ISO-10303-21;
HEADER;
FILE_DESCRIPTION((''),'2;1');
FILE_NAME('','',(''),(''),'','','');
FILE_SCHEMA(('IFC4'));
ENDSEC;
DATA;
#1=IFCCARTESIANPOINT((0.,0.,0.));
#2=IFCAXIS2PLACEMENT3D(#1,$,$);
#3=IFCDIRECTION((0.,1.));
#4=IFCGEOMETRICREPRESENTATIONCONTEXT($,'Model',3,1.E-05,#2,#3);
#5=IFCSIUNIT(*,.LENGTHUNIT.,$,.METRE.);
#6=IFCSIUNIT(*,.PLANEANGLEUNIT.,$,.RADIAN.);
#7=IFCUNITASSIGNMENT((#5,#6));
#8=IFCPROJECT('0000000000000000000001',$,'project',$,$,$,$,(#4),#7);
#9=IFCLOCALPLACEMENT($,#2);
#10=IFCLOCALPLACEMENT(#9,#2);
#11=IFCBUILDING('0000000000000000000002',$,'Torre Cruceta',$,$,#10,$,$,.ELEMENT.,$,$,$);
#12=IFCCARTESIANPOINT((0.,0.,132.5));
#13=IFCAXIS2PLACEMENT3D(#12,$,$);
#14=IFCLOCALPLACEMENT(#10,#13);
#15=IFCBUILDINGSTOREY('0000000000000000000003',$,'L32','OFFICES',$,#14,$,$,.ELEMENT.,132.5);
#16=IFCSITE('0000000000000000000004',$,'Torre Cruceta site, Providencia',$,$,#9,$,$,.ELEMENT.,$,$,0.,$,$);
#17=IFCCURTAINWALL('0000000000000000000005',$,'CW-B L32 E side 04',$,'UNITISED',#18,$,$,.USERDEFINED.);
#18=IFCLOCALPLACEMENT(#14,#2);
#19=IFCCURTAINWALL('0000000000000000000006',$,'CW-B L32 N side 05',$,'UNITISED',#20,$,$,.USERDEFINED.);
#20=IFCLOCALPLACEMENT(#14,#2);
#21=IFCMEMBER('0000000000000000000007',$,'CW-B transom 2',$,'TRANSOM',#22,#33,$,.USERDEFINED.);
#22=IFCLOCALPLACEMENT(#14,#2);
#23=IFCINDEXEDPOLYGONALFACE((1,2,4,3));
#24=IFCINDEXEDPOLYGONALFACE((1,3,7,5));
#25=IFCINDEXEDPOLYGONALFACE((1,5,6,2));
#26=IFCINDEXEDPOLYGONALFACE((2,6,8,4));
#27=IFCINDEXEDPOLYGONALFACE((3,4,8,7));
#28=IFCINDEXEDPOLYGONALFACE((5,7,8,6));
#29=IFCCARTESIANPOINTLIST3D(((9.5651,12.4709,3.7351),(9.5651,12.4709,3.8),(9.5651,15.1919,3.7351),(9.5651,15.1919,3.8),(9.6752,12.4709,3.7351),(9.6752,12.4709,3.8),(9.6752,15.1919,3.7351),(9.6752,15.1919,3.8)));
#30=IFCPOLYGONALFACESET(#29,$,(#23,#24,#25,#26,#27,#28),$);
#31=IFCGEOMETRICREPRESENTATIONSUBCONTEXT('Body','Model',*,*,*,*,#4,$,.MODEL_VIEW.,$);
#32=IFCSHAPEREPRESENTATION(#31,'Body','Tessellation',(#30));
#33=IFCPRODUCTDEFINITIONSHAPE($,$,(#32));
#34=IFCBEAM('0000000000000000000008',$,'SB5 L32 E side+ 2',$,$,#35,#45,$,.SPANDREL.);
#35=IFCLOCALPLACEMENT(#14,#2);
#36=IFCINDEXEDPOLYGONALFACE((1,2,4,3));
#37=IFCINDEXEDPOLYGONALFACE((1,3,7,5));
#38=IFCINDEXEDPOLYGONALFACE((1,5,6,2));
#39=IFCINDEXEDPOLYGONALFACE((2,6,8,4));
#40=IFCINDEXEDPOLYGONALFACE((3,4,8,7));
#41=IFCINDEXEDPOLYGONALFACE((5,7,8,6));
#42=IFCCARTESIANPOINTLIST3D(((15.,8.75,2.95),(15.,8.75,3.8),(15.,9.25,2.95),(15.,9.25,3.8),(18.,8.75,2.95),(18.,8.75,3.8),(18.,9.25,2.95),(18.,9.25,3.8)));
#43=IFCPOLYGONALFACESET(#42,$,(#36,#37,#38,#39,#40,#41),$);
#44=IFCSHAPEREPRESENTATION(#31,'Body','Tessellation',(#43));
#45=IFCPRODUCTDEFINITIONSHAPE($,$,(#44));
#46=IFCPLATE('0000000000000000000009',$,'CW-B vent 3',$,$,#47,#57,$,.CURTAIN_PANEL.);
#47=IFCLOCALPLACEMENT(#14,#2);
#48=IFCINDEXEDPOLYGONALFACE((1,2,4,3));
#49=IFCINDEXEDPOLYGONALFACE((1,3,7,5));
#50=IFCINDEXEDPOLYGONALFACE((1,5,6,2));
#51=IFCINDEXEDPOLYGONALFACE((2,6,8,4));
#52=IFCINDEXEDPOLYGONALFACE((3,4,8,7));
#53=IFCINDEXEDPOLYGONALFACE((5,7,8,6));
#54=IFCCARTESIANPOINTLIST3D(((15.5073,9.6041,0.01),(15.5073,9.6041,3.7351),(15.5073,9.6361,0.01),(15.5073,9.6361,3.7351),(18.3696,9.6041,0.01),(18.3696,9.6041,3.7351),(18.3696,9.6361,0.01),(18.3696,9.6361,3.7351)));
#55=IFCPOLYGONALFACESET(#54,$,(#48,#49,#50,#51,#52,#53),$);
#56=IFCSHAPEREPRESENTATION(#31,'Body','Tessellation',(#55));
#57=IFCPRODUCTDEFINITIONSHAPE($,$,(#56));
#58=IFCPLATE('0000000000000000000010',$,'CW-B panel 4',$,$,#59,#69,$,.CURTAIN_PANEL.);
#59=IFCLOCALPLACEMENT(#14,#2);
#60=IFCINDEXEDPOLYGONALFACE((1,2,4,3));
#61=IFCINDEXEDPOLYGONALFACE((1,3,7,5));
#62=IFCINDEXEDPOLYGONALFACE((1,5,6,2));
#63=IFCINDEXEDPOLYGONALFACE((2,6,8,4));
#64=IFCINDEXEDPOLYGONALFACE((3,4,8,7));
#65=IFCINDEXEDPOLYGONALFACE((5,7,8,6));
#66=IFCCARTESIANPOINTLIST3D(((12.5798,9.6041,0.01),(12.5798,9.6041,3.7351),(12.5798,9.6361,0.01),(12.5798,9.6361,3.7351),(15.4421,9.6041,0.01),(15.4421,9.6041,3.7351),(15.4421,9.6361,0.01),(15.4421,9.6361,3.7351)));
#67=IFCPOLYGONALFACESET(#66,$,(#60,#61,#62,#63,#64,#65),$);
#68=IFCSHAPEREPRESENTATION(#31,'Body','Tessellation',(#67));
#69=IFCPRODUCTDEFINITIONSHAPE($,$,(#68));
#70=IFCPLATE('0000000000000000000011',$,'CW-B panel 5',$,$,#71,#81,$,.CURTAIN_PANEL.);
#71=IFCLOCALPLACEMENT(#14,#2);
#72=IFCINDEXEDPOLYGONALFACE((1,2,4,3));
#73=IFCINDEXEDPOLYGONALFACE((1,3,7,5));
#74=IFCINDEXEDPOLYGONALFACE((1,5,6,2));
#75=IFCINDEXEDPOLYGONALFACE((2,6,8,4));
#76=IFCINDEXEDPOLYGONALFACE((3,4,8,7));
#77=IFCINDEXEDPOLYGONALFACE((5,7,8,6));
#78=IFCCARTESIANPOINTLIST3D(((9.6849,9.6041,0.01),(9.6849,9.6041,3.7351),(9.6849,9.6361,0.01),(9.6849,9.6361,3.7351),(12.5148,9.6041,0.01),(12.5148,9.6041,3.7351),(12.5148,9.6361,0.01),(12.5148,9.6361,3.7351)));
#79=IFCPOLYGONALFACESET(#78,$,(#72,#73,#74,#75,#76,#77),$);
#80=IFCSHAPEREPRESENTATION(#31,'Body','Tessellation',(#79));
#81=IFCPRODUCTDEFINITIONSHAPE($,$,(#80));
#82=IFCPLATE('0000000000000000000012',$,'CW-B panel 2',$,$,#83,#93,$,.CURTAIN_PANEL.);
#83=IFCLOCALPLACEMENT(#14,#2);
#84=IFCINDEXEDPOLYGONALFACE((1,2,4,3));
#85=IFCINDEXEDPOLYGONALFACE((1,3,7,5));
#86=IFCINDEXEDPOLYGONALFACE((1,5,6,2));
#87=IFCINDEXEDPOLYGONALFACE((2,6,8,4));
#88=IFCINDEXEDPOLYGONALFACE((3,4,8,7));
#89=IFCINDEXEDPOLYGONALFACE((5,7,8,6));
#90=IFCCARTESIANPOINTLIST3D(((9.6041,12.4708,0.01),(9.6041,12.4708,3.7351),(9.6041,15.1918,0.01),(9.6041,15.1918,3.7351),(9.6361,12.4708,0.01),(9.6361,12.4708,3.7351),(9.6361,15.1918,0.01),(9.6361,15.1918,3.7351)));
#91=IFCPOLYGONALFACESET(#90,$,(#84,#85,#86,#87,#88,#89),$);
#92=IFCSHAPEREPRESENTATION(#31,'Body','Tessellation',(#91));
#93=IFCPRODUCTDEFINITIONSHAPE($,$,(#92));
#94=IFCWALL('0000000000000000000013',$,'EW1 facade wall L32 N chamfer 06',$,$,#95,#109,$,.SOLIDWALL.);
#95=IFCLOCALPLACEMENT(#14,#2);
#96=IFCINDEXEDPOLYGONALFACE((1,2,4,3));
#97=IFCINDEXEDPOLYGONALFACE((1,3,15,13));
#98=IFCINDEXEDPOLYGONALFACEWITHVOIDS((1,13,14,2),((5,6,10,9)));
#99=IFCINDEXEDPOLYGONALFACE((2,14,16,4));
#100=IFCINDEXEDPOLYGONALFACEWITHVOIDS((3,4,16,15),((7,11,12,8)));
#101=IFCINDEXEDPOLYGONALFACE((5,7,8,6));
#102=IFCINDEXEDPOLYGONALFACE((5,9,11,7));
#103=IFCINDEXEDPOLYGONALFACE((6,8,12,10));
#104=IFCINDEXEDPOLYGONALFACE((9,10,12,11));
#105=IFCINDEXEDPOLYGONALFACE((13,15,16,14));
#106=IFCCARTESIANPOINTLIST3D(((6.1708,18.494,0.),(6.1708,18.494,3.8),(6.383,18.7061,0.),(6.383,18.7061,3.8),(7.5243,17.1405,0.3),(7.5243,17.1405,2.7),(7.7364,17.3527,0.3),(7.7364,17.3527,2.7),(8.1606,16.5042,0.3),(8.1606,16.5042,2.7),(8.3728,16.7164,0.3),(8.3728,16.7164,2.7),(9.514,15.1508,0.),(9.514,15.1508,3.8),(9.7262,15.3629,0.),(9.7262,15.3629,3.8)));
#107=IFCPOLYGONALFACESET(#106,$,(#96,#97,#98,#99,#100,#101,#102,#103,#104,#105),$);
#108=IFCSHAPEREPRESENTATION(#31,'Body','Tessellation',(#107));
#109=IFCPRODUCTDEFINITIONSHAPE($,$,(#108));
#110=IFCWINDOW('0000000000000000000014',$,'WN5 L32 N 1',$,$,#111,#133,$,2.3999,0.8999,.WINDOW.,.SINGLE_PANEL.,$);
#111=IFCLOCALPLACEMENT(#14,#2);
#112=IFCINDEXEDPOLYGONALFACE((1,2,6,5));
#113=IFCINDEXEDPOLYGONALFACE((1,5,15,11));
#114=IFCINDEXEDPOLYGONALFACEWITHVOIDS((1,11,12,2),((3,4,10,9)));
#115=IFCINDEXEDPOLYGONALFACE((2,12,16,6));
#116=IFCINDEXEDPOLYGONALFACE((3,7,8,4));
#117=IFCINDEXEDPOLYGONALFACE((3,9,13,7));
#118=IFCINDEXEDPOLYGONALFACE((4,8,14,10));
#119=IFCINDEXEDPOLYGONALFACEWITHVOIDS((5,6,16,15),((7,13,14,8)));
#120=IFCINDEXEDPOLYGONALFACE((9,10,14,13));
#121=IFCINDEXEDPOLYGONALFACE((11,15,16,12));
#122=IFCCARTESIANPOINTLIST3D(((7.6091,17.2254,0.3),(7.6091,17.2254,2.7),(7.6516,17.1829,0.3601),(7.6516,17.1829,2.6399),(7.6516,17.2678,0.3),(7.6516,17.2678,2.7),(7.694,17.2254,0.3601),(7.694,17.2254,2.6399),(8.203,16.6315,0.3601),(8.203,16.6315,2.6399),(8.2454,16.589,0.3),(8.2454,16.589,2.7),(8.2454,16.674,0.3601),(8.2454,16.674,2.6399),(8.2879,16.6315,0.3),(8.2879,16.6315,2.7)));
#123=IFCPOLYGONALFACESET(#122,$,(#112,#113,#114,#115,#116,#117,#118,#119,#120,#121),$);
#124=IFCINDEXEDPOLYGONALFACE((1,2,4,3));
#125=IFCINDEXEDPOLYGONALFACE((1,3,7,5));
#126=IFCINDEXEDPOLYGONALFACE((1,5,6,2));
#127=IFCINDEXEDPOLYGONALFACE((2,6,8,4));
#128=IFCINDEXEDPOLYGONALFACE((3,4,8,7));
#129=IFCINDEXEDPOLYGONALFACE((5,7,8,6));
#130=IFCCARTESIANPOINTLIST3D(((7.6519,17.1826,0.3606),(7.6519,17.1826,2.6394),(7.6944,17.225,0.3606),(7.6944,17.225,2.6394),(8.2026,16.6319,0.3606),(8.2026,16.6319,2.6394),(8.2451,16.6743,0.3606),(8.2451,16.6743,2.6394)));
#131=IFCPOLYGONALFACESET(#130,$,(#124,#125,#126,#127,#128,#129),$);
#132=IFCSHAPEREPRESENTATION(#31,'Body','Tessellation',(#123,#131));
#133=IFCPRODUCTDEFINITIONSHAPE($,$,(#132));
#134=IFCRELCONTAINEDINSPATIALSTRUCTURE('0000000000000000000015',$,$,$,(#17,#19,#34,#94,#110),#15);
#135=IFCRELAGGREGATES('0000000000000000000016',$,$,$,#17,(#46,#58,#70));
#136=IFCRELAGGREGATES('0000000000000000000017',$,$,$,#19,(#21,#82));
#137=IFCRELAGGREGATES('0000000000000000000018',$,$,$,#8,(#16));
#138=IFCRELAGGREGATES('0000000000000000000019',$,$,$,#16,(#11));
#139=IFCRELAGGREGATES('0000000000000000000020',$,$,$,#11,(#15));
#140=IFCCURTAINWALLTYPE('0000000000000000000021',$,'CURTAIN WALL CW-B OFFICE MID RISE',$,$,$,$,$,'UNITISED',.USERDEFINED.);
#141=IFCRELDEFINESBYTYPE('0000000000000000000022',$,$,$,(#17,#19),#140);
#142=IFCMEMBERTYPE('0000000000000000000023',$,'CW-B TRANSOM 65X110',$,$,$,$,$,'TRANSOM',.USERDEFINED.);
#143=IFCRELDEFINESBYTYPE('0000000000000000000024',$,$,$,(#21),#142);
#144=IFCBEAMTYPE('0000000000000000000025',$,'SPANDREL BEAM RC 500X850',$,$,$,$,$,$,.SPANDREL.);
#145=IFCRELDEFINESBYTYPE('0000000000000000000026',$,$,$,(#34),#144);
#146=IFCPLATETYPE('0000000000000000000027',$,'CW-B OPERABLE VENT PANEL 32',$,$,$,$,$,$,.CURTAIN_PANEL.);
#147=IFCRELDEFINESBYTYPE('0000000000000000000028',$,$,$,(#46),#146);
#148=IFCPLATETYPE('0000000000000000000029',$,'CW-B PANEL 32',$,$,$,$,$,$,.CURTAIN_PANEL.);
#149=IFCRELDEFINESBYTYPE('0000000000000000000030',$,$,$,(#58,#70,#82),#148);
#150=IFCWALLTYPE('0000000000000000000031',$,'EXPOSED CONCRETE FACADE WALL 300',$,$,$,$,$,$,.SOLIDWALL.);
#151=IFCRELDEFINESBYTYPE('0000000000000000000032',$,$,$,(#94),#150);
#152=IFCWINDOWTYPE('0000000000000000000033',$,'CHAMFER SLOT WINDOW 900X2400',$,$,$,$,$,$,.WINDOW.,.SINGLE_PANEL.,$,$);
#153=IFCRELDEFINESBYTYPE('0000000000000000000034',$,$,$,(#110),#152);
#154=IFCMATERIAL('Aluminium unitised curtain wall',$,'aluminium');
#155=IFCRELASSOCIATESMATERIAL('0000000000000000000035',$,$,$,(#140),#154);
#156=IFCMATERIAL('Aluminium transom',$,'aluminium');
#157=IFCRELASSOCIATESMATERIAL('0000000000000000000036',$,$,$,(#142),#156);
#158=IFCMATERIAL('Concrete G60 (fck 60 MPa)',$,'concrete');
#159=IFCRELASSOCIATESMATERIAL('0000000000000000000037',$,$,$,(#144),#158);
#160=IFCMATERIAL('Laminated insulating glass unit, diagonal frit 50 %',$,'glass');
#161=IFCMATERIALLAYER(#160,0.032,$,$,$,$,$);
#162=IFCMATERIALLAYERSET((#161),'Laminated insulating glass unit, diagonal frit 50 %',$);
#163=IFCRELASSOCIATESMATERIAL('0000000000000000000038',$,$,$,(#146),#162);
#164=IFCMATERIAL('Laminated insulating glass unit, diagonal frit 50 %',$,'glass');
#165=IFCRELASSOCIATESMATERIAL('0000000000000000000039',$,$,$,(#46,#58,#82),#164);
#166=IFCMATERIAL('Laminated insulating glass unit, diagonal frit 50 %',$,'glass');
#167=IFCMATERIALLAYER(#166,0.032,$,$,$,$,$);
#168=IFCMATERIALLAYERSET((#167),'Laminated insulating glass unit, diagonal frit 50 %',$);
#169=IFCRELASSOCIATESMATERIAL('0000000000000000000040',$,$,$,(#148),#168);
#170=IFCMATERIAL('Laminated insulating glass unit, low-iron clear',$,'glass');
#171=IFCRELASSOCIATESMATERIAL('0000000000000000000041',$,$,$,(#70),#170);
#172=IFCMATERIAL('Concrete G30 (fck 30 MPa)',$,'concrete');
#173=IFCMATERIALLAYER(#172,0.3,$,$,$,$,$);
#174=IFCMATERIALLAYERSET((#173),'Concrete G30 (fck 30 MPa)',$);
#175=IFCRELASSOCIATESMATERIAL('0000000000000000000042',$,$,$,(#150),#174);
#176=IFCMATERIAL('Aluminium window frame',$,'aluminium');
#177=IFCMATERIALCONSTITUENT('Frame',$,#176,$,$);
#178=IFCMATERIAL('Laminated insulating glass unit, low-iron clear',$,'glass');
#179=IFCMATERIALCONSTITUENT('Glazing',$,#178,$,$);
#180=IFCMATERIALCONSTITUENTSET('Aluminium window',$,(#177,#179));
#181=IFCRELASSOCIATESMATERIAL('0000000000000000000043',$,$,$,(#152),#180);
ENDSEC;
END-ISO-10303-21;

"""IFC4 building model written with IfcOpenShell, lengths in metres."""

from ifc_helpers import new_model, si_unit, direction, frame, frame_2d, origin, origin_2d, place, context, subcontext, project, spatial, rectangle, hollow_rectangle, extrude, material, layer, layer_set, constituent, constituent_set, material_profile, profile_set, type_object, element, fill, aggregate, save


model = new_model("IFC4")

# Units and contexts
model_context = context("Model", 3, precision=1e-05, world=origin(), true_north=direction((0.0, 1.0)))
body_context = subcontext(model_context, "Body", "Model", "MODEL_VIEW")
ifc_project = project(units=[si_unit("LENGTHUNIT", "METRE"), si_unit("PLANEANGLEUNIT", "RADIAN")], contexts=[model_context])

# Site, building, storey
site_placement = place(None, origin())
site = spatial("IfcSite", under=ifc_project, at=site_placement, Name="Torre Cruceta site, Providencia", CompositionType="ELEMENT", RefElevation=0.0)
building_placement = place(site_placement, origin())
building = spatial("IfcBuilding", under=site, at=building_placement, Name="Torre Cruceta", CompositionType="ELEMENT")
storey_placement = place(building_placement, frame((0.0, 0.0, 132.5)))
storey = spatial("IfcBuildingStorey", under=building, at=storey_placement, Name="L32", Description="OFFICES", CompositionType="ELEMENT", Elevation=132.5)

# Curtain walls
ifc_material_1 = material(Name="Aluminium unitised curtain wall", Category="aluminium")
curtain_wall_type = type_object("IfcCurtainWallType", Name="CURTAIN WALL CW-B OFFICE MID RISE", ElementType="UNITISED", PredefinedType="USERDEFINED", material=ifc_material_1)
curtain_wall_1_placement = place(storey_placement, origin())
curtain_wall_1 = element("IfcCurtainWall", 1, at=curtain_wall_1_placement, inside=storey, type_object=curtain_wall_type, Name="CW-B L32 E side 04", ObjectType="UNITISED", PredefinedType="USERDEFINED")
curtain_wall_2_placement = place(storey_placement, origin())
curtain_wall_2 = element("IfcCurtainWall", 2, at=curtain_wall_2_placement, inside=storey, type_object=curtain_wall_type, Name="CW-B L32 N side 05", ObjectType="UNITISED", PredefinedType="USERDEFINED")

# Member
ifc_material_2 = material(Name="Aluminium transom", Category="aluminium")
ifc_material_profile_1 = material_profile(ifc_material_2, rectangle(XDim=0.1101, YDim=0.0649, at=origin_2d()), Name="AL 110X65")
ifc_profile_set_1 = profile_set([ifc_material_profile_1], Name="Aluminium transom")
member_type_1 = type_object("IfcMemberType", Name="CW-B TRANSOM 65X110", ElementType="TRANSOM", PredefinedType="USERDEFINED", material=ifc_profile_set_1)
member_1_placement = place(storey_placement, frame((9.6201, 12.4709, 3.7676), z_axis=(0.0, 1.0, 0.0), x_axis=(-1.0, 0.0, 0.0)))
member_1 = element("IfcMember", 3, at=member_1_placement, type_object=member_type_1, Name="CW-B transom 2", ObjectType="TRANSOM", PredefinedType="USERDEFINED", context=body_context, shape_type="SweptSolid", body=[
    extrude(rectangle(XDim=0.1101, YDim=0.0649, at=origin_2d()), origin(), (0.0, 0.0, 1.0), 2.7209),
])

# Beam
ifc_material_3 = material(Name="Concrete G60 (fck 60 MPa)", Category="concrete")
ifc_material_profile_2 = material_profile(ifc_material_3, rectangle(XDim=0.5, YDim=0.8501, at=origin_2d()), Name="RC 500X850")
ifc_profile_set_2 = profile_set([ifc_material_profile_2], Name="Concrete G60 (fck 60 MPa)")
beam_type_1 = type_object("IfcBeamType", Name="SPANDREL BEAM RC 500X850", PredefinedType="SPANDREL", material=ifc_profile_set_2)
beam_1_placement = place(storey_placement, frame((15.0, 9.0, 3.375), z_axis=(1.0, 0.0, 0.0), x_axis=(0.0, 1.0, 0.0)))
element("IfcBeam", 4, at=beam_1_placement, inside=storey, type_object=beam_type_1, Name="SB5 L32 E side+ 2", PredefinedType="SPANDREL", context=body_context, shape_type="SweptSolid", body=[
    extrude(rectangle(XDim=0.5, YDim=0.8501, at=origin_2d()), origin(), (0.0, 0.0, 1.0), 3.0),
])

# Plates
ifc_material_4 = material(Name="Laminated insulating glass unit, diagonal frit 50 %", Category="glass")
ifc_material_5 = material(Name="Laminated insulating glass unit, diagonal frit 50 %", Category="glass")
ifc_layer_1 = layer(ifc_material_5, 0.032)
ifc_layer_set_1 = layer_set([ifc_layer_1], Name="Laminated insulating glass unit, diagonal frit 50 %")
plate_type_1 = type_object("IfcPlateType", Name="CW-B OPERABLE VENT PANEL 32", PredefinedType="CURTAIN_PANEL", material=ifc_layer_set_1)
plate_1_placement = place(storey_placement, frame((16.9385, 9.6201, 0.01), z_axis=(0.0, 0.0, 1.0), x_axis=(-1.0, 0.0, 0.0)))
plate_1 = element("IfcPlate", 5, at=plate_1_placement, type_object=plate_type_1, material=ifc_material_4, Name="CW-B vent 3", PredefinedType="CURTAIN_PANEL", context=body_context, shape_type="SweptSolid", body=[
    extrude(rectangle(XDim=2.8623, YDim=0.032, at=origin_2d()), origin(), (0.0, 0.0, 1.0), 3.7251),
])
ifc_material_6 = material(Name="Laminated insulating glass unit, diagonal frit 50 %", Category="glass")
ifc_layer_2 = layer(ifc_material_6, 0.032)
ifc_layer_set_2 = layer_set([ifc_layer_2], Name="Laminated insulating glass unit, diagonal frit 50 %")
plate_type_2 = type_object("IfcPlateType", Name="CW-B PANEL 32", PredefinedType="CURTAIN_PANEL", material=ifc_layer_set_2)
plate_2_placement = place(storey_placement, frame((14.011, 9.6201, 0.01), z_axis=(0.0, 0.0, 1.0), x_axis=(-1.0, 0.0, 0.0)))
plate_2 = element("IfcPlate", 6, at=plate_2_placement, type_object=plate_type_2, material=ifc_material_4, Name="CW-B panel 4", PredefinedType="CURTAIN_PANEL", context=body_context, shape_type="SweptSolid", body=[
    extrude(rectangle(XDim=2.8623, YDim=0.032, at=origin_2d()), origin(), (0.0, 0.0, 1.0), 3.7251),
])
ifc_material_7 = material(Name="Laminated insulating glass unit, low-iron clear", Category="glass")
plate_3_placement = place(storey_placement, frame((11.0999, 9.6201, 0.01), z_axis=(0.0, 0.0, 1.0), x_axis=(-1.0, 0.0, 0.0)))
plate_3 = element("IfcPlate", 7, at=plate_3_placement, type_object=plate_type_2, material=ifc_material_7, Name="CW-B panel 5", PredefinedType="CURTAIN_PANEL", context=body_context, shape_type="SweptSolid", body=[
    extrude(rectangle(XDim=2.8298, YDim=0.032, at=origin_2d()), origin(), (0.0, 0.0, 1.0), 3.7251),
])
aggregate(curtain_wall_1, [plate_1, plate_2, plate_3])
plate_4_placement = place(storey_placement, frame((9.6201, 13.8313, 0.01), z_axis=(0.0, 0.0, 1.0), x_axis=(0.0, 1.0, 0.0)))
plate_4 = element("IfcPlate", 8, at=plate_4_placement, type_object=plate_type_2, material=ifc_material_4, Name="CW-B panel 2", PredefinedType="CURTAIN_PANEL", context=body_context, shape_type="SweptSolid", body=[
    extrude(rectangle(XDim=2.7209, YDim=0.032, at=origin_2d()), origin(), (0.0, 0.0, 1.0), 3.7251),
])
aggregate(curtain_wall_2, [member_1, plate_4])

# Wall, opening, window
ifc_material_8 = material(Name="Concrete G30 (fck 30 MPa)", Category="concrete")
ifc_layer_3 = layer(ifc_material_8, 0.3)
ifc_layer_set_3 = layer_set([ifc_layer_3], Name="Concrete G30 (fck 30 MPa)")
wall_type_1 = type_object("IfcWallType", Name="EXPOSED CONCRETE FACADE WALL 300", PredefinedType="SOLIDWALL", material=ifc_layer_set_3)
wall_1_placement = place(storey_placement, frame((9.6201, 15.2568, 0.0), z_axis=(0.0, 0.0, 1.0), x_axis=(-0.707107, 0.707107, 0.0)))
wall_1 = element("IfcWall", 9, at=wall_1_placement, inside=storey, type_object=wall_type_1, Name="EW1 facade wall L32 N chamfer 06", PredefinedType="SOLIDWALL", context=body_context, shape_type="SweptSolid", body=[
    extrude(rectangle(XDim=4.728, YDim=0.3, at=frame_2d((2.364, 0.0))), origin(), (0.0, 0.0, 1.0), 3.8),
])
opening_1_placement = place(wall_1_placement, frame((1.9141, 0.0, 0.3)))
opening_1 = element("IfcOpeningElement", 10, at=opening_1_placement, cuts=wall_1, PredefinedType="OPENING", context=body_context, shape_type="SweptSolid", body=[
    extrude(rectangle(XDim=0.8999, YDim=2.3999, at=frame_2d((0.45, 1.2))), frame((0.0, 0.1599, 0.0), z_axis=(0.0, -1.0, 0.0), x_axis=(1.0, 0.0, 0.0)), (0.0, 0.0, 1.0), 0.3201),
])
ifc_material_9 = material(Name="Aluminium window frame", Category="aluminium")
ifc_constituent_1 = constituent(ifc_material_9, Name="Frame")
ifc_material_10 = material(Name="Laminated insulating glass unit, low-iron clear", Category="glass")
ifc_constituent_2 = constituent(ifc_material_10, Name="Glazing")
ifc_constituent_set_1 = constituent_set(constituents=[ifc_constituent_1, ifc_constituent_2], Name="Aluminium window")
window_type = type_object("IfcWindowType", Name="CHAMFER SLOT WINDOW 900X2400", PartitioningType="SINGLE_PANEL", PredefinedType="WINDOW", material=ifc_constituent_set_1)
window_placement = place(opening_1_placement, origin())
window = element("IfcWindow", 11, at=window_placement, inside=storey, type_object=window_type, Name="WN5 L32 N 1", OverallHeight=2.3999, OverallWidth=0.8999, PartitioningType="SINGLE_PANEL", PredefinedType="WINDOW", context=body_context, shape_type="SweptSolid", body=[
    extrude(hollow_rectangle(XDim=0.8999, YDim=2.3999, WallThickness=0.0601, at=frame_2d((0.45, 1.2))), frame((0.0, 0.03, 0.0), z_axis=(0.0, -1.0, 0.0), x_axis=(1.0, 0.0, 0.0)), (0.0, 0.0, 1.0), 0.0601),
    extrude(rectangle(XDim=0.7788, YDim=2.2788, at=frame_2d((0.45, 1.2))), frame((0.0, 0.03, 0.0), z_axis=(0.0, -1.0, 0.0), x_axis=(1.0, 0.0, 0.0)), (0.0, 0.0, 1.0), 0.0601),
])
fill(opening_1, window)

save(model, "model.ifc")
